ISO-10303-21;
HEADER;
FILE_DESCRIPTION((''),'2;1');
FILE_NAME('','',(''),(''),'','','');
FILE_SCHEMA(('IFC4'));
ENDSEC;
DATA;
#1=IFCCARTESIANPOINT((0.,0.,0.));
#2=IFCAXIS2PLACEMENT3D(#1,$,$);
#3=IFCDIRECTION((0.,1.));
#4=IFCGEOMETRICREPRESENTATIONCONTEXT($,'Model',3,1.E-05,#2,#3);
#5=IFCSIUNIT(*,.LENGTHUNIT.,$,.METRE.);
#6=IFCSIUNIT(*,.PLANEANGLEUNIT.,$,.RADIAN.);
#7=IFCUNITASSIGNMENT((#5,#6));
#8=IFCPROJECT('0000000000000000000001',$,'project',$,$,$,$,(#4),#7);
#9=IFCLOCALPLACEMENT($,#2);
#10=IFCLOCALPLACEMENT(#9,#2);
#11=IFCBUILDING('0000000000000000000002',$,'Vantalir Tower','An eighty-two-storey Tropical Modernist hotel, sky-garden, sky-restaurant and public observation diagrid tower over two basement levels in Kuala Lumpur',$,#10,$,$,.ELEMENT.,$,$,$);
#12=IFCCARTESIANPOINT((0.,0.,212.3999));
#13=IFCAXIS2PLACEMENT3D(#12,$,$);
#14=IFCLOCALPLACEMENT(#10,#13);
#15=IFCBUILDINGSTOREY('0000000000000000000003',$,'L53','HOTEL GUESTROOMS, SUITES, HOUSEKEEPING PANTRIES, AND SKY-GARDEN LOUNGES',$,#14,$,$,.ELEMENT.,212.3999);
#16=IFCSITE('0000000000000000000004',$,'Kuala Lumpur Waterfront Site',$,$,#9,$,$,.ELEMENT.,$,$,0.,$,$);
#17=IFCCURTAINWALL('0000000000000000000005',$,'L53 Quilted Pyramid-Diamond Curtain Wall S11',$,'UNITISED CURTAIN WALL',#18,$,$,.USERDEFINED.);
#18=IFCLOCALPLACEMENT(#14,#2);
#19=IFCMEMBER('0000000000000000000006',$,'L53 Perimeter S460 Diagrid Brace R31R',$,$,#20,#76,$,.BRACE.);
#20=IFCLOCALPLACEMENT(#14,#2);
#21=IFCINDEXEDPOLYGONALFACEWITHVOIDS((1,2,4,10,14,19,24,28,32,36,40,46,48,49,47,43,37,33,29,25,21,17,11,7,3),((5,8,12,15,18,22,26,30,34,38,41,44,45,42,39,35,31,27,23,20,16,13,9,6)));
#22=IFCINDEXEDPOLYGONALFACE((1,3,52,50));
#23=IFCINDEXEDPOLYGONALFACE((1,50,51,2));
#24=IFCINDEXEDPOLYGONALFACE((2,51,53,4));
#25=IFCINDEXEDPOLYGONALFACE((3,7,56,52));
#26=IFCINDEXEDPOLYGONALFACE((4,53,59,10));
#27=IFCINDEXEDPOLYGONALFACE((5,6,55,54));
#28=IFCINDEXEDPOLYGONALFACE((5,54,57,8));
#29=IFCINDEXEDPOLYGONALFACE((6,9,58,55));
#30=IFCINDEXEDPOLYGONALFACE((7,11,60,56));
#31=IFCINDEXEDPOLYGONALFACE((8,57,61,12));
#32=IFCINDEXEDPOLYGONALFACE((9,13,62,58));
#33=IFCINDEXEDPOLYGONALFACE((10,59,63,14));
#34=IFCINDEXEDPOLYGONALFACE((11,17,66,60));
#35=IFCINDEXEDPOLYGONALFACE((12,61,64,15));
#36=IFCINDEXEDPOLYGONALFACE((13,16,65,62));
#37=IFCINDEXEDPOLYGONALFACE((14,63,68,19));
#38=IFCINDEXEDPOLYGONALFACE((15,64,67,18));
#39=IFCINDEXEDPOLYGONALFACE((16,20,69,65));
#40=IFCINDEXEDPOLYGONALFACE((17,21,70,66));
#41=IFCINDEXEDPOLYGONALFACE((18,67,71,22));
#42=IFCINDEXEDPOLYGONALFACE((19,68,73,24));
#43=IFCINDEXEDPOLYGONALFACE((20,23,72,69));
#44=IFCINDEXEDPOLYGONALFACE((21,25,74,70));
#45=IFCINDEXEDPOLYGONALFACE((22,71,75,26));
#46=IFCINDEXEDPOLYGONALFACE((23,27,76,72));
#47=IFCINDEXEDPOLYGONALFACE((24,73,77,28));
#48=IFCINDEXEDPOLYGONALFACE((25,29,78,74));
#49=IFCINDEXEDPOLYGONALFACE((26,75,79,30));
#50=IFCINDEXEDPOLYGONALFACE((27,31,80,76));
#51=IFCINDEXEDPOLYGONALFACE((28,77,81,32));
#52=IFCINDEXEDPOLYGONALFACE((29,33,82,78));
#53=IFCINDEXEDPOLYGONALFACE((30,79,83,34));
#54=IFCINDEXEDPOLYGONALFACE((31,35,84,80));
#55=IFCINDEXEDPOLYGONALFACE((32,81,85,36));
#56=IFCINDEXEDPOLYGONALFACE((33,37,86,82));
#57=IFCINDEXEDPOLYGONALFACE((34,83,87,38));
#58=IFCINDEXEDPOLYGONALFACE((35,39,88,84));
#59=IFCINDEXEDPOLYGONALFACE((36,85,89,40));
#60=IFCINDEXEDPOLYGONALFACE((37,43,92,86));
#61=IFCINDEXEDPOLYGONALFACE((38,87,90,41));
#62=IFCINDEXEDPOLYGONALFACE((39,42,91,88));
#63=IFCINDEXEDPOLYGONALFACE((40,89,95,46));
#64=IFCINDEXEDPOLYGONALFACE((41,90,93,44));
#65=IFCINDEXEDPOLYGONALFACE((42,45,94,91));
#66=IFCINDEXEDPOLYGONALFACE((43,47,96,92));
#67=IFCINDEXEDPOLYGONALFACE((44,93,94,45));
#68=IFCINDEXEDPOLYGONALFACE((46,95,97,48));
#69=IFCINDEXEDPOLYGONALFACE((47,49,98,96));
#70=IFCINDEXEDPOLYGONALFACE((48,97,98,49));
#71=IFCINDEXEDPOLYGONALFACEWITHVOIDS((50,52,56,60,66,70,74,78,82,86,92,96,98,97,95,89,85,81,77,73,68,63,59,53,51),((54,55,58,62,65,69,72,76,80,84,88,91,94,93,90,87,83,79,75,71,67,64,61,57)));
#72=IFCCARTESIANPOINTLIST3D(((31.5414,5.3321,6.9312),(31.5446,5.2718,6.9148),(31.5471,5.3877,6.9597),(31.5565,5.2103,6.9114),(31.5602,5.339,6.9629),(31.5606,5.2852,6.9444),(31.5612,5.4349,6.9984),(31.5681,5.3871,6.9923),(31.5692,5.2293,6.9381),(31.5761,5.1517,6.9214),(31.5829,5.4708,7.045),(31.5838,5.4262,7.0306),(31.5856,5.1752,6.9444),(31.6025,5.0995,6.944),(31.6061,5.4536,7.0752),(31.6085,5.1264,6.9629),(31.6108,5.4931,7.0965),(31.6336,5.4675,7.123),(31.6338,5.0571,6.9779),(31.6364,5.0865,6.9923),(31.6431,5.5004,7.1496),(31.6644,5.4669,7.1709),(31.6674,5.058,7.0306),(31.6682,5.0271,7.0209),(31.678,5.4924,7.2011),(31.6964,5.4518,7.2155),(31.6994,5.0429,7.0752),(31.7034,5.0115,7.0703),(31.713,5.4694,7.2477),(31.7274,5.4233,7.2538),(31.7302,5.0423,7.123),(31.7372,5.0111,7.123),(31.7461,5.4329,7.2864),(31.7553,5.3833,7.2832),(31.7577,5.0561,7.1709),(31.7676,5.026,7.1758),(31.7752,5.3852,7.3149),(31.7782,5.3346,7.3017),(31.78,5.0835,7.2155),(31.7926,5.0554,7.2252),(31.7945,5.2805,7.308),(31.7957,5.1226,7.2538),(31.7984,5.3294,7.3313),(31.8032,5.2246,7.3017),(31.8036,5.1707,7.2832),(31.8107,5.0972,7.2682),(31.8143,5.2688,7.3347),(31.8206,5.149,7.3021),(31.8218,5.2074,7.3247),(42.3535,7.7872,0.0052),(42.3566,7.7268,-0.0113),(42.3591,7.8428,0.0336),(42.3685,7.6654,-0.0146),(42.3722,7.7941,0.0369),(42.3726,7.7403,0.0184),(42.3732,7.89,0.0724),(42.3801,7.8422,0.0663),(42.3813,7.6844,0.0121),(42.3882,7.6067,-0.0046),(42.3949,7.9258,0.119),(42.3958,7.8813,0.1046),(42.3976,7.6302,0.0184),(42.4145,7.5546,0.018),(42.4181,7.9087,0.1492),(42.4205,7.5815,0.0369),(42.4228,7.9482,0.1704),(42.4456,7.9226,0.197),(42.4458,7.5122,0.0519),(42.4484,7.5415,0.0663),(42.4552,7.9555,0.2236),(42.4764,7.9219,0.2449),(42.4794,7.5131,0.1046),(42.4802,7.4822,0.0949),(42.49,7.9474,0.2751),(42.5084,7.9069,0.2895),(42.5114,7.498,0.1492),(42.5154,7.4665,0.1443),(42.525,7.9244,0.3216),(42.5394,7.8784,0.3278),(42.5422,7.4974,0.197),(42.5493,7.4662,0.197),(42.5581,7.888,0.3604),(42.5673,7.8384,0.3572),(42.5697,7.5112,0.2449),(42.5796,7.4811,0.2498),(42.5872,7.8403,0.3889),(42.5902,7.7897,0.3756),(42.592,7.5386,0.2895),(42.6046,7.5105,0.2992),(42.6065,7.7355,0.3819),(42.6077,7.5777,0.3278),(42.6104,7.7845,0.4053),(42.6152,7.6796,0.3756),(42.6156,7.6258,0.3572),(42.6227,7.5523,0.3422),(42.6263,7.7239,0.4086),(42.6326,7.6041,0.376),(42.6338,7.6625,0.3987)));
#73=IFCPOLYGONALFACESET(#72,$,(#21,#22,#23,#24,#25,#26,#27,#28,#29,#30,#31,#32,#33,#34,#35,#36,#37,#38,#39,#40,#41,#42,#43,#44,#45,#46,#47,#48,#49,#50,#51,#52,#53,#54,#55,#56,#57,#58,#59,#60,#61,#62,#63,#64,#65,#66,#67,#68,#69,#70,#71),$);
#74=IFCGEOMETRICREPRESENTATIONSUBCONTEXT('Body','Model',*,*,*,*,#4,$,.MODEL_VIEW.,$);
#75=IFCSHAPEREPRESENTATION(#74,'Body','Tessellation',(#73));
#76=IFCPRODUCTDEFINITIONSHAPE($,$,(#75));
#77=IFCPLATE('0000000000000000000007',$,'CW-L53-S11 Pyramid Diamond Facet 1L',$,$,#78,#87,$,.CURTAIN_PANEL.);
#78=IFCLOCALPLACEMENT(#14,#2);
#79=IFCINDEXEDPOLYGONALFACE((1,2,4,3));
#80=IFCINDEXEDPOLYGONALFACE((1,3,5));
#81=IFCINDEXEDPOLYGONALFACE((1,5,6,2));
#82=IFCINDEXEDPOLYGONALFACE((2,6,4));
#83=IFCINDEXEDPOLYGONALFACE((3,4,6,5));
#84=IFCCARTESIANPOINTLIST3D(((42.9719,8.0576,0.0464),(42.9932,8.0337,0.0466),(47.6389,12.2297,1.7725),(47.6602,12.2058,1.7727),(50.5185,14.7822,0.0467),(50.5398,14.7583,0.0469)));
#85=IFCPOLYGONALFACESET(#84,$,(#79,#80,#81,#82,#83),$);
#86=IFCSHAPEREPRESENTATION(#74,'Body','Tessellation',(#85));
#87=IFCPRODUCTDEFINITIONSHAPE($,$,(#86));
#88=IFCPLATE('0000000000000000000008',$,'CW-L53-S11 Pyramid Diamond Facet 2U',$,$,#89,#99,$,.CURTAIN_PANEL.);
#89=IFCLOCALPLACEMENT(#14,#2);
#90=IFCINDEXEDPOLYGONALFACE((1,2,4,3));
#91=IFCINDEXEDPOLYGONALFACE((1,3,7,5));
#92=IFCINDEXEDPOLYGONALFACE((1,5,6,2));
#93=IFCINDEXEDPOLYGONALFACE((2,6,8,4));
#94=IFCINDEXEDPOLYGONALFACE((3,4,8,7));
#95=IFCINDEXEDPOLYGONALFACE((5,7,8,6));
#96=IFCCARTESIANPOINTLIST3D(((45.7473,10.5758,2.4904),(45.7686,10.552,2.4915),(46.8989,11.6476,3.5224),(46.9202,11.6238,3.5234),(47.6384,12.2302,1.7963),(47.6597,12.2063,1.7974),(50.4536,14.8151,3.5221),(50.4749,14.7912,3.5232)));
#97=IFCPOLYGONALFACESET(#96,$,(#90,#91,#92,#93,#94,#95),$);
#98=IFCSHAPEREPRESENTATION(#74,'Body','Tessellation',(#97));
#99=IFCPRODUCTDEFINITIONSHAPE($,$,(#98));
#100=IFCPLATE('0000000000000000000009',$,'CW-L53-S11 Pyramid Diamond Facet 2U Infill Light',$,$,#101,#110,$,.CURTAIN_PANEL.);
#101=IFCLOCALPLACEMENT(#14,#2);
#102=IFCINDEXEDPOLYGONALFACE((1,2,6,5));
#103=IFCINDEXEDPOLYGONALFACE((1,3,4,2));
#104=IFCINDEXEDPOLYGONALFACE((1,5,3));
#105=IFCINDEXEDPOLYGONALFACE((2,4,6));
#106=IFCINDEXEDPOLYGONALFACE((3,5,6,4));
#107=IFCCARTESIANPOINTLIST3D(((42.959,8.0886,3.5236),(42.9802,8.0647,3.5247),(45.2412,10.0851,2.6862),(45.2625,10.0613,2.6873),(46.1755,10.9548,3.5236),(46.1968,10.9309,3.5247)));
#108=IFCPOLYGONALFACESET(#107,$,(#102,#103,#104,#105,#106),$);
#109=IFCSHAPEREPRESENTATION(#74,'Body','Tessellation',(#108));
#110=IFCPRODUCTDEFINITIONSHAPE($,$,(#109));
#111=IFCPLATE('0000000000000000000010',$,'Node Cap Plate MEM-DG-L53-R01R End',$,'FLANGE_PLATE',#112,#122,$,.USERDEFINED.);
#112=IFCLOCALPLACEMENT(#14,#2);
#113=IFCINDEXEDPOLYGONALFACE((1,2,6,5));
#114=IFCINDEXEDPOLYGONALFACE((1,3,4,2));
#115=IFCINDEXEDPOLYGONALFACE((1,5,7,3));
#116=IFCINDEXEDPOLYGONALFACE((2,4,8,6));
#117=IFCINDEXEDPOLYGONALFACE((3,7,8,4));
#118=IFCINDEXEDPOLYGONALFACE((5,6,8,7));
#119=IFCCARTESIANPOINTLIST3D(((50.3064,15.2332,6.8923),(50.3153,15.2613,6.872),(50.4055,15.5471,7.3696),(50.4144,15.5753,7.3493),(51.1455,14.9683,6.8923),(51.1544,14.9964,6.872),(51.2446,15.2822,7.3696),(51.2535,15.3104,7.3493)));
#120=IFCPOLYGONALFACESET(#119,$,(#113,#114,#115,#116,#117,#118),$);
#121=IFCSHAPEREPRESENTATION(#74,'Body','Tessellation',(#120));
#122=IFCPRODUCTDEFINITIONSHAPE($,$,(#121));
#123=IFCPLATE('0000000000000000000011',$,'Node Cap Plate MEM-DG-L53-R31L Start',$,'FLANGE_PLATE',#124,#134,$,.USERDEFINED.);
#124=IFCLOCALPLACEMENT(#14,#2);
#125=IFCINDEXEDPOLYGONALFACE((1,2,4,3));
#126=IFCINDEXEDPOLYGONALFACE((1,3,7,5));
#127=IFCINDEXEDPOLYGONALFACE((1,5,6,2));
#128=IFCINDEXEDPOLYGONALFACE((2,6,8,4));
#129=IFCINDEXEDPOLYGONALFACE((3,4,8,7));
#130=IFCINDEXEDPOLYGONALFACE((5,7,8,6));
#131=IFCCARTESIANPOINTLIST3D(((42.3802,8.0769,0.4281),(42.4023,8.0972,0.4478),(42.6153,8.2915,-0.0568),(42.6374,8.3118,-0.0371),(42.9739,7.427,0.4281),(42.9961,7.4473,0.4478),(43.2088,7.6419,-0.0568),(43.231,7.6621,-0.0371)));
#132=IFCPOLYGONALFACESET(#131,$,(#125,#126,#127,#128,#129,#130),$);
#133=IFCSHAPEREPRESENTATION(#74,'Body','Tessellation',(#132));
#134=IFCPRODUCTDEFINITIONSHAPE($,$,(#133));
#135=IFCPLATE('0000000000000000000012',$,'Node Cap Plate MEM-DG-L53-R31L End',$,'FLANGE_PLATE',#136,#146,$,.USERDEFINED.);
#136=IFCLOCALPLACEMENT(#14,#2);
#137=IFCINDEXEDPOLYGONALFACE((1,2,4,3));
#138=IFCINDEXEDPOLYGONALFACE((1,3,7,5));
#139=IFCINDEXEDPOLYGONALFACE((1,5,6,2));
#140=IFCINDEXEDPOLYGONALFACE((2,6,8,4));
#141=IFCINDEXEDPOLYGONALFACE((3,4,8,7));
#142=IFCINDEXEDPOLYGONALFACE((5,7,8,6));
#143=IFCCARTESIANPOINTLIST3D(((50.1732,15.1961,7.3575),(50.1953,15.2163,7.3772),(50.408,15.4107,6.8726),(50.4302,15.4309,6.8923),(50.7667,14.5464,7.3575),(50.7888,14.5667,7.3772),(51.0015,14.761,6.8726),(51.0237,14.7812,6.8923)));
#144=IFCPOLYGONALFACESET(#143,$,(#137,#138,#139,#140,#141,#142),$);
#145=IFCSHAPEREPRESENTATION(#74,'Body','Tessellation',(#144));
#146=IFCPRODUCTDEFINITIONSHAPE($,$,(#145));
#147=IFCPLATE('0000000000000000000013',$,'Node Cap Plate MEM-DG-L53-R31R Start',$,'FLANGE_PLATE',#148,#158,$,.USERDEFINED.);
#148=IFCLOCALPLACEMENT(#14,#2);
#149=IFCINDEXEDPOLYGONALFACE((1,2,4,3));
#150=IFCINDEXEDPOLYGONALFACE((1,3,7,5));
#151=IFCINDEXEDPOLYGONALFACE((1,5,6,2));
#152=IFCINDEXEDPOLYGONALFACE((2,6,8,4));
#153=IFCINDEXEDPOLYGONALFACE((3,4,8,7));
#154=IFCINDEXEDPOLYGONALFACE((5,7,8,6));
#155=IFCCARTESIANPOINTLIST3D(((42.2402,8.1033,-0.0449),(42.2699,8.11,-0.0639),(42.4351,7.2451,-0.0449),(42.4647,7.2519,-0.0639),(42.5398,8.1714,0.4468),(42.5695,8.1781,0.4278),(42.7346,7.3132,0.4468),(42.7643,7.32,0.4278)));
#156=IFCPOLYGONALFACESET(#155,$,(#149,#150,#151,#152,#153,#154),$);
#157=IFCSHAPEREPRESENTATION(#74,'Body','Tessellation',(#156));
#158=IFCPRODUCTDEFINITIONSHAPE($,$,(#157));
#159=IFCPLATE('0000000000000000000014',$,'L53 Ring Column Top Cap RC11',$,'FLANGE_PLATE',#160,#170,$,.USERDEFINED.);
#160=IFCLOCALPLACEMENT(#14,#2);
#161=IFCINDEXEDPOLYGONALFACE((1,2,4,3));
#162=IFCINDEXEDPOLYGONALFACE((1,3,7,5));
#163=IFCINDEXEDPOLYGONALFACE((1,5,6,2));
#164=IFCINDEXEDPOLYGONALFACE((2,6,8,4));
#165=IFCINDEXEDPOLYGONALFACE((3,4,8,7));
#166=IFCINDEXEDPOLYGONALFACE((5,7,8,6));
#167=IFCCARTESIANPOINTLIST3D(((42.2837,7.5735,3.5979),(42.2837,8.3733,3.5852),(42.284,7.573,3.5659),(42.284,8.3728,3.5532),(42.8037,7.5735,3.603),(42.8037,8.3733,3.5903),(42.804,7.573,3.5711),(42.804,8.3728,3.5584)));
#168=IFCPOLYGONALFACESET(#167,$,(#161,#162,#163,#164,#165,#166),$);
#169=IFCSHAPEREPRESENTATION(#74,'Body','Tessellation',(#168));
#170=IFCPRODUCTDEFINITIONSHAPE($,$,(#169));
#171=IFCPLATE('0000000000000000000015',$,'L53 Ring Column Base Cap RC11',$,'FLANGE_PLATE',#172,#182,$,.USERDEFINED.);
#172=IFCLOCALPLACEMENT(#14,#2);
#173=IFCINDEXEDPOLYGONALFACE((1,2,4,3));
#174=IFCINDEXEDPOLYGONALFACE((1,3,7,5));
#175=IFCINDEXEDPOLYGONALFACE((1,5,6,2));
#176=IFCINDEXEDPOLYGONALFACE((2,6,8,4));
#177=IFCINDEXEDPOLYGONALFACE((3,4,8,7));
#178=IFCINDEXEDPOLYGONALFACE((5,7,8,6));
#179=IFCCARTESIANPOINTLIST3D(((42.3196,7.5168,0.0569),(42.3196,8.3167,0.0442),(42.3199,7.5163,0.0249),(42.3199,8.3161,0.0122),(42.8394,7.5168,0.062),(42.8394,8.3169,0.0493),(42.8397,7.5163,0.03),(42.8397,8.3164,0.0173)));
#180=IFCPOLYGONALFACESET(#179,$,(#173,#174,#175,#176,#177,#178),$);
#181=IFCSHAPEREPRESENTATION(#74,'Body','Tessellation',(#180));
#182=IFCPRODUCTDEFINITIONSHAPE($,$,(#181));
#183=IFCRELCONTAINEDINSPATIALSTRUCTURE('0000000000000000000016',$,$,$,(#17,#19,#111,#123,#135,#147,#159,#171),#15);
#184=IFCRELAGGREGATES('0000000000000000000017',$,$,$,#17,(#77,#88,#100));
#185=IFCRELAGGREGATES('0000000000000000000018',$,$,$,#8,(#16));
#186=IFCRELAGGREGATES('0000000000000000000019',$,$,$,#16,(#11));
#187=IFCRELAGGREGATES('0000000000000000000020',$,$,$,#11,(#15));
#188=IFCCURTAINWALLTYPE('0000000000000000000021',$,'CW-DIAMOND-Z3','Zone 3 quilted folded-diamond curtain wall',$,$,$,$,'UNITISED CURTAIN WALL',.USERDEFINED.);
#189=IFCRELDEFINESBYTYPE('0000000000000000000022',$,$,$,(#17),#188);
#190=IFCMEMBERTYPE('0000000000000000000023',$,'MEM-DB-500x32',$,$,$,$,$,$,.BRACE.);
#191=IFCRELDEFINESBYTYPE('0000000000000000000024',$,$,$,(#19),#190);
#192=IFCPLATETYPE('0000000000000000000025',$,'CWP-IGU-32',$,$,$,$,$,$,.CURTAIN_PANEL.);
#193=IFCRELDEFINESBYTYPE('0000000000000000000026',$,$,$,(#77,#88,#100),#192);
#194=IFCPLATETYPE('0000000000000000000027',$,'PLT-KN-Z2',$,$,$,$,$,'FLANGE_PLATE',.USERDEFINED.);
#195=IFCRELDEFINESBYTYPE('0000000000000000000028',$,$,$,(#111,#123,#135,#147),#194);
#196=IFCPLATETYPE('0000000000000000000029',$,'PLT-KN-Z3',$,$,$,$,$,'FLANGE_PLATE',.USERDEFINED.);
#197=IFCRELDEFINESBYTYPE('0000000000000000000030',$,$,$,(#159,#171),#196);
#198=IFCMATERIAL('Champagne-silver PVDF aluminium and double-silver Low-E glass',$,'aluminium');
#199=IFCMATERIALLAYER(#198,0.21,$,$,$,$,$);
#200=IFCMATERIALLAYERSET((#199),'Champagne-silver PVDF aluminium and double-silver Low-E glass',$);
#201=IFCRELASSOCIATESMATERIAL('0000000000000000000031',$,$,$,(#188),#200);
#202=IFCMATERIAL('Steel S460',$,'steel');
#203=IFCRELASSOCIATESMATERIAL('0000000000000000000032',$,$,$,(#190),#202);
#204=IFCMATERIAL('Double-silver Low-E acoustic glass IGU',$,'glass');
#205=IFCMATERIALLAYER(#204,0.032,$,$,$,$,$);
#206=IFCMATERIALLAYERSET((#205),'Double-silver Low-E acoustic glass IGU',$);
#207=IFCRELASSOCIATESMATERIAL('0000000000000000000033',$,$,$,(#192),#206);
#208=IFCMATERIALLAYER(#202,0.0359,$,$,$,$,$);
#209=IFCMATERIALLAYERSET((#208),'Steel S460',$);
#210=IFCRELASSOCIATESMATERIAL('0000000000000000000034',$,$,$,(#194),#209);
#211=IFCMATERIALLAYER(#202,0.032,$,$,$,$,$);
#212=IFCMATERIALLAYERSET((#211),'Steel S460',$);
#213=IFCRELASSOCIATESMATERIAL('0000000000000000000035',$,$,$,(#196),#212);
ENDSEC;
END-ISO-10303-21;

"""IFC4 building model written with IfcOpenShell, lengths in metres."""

from ifc_helpers import new_model, si_unit, direction, frame, origin, origin_2d, place, context, subcontext, project, spatial, polyline, hollow_circle, outline, extrude, material, layer, layer_set, material_profile, profile_set, type_object, element, aggregate, save


model = new_model("IFC4")

# Units and contexts
model_context = context("Model", 3, precision=1e-05, world=origin(), true_north=direction((0.0, 1.0)))
body_context = subcontext(model_context, "Body", "Model", "MODEL_VIEW")
ifc_project = project(units=[si_unit("LENGTHUNIT", "METRE"), si_unit("PLANEANGLEUNIT", "RADIAN")], contexts=[model_context])

# Site, building, storey
site_placement = place(None, origin())
site = spatial("IfcSite", under=ifc_project, at=site_placement, Name="Kuala Lumpur Waterfront Site", CompositionType="ELEMENT", RefElevation=0.0)
building_placement = place(site_placement, origin())
building = spatial("IfcBuilding", under=site, at=building_placement, Name="Vantalir Tower", Description="An eighty-two-storey Tropical Modernist hotel, sky-garden, sky-restaurant and public observation diagrid tower over two basement levels in Kuala Lumpur", CompositionType="ELEMENT")
storey_placement = place(building_placement, frame((0.0, 0.0, 212.3999)))
storey = spatial("IfcBuildingStorey", under=building, at=storey_placement, Name="L53", Description="HOTEL GUESTROOMS, SUITES, HOUSEKEEPING PANTRIES, AND SKY-GARDEN LOUNGES", CompositionType="ELEMENT", Elevation=212.3999)

# Shared definitions
ifc_material_1 = material(Name="Steel S460", Category="steel")

# Shared definitions
ifc_material_2 = material(Name="Champagne-silver PVDF aluminium and double-silver Low-E glass", Category="aluminium")
ifc_layer_1 = layer(ifc_material_2, 0.21)
ifc_layer_set_1 = layer_set([ifc_layer_1], Name="Champagne-silver PVDF aluminium and double-silver Low-E glass")
curtain_wall_type = type_object("IfcCurtainWallType", Name="CW-DIAMOND-Z3", Description="Zone 3 quilted folded-diamond curtain wall", ElementType="UNITISED CURTAIN WALL", PredefinedType="USERDEFINED", material=ifc_layer_set_1)

# Curtain wall
curtain_wall_1_placement = place(storey_placement, origin())
curtain_wall_1 = element("IfcCurtainWall", 1, at=curtain_wall_1_placement, inside=storey, type_object=curtain_wall_type, Name="L53 Quilted Pyramid-Diamond Curtain Wall S11", ObjectType="UNITISED CURTAIN WALL", PredefinedType="USERDEFINED")

# Member
ifc_material_profile_1 = material_profile(ifc_material_1, hollow_circle(Radius=0.25, WallThickness=0.032, at=origin_2d()), Name="Steel S460")
ifc_profile_set_1 = profile_set([ifc_material_profile_1], Name="Steel S460")
member_type_1 = type_object("IfcMemberType", Name="MEM-DB-500x32", PredefinedType="BRACE", material=ifc_profile_set_1)
member_1_placement = place(storey_placement, frame((42.4939, 7.71, 0.197), z_axis=(-0.827065, -0.187801, 0.529806), x_axis=(0.221433, -0.975176, 0.0)))
element("IfcMember", 2, at=member_1_placement, inside=storey, type_object=member_type_1, Name="L53 Perimeter S460 Diagrid Brace R31R", PredefinedType="BRACE", context=body_context, shape_type="SweptSolid", body=[
    extrude(hollow_circle(Radius=0.25, WallThickness=0.032, at=origin_2d()), origin(), (0.0, 0.0, 1.0), 13.0728),
])

# Plates
ifc_material_3 = material(Name="Double-silver Low-E acoustic glass IGU", Category="glass")
ifc_layer_2 = layer(ifc_material_3, 0.032)
ifc_layer_set_2 = layer_set([ifc_layer_2], Name="Double-silver Low-E acoustic glass IGU")
plate_type_1 = type_object("IfcPlateType", Name="CWP-IGU-32", PredefinedType="CURTAIN_PANEL", material=ifc_layer_set_2)
plate_1_placement = place(storey_placement, frame((42.9932, 8.0337, 0.0466), z_axis=(0.665263, -0.746586, 0.005832), x_axis=(0.746599, 0.665275, 0.000024)))
plate_1 = element("IfcPlate", 3, at=plate_1_placement, type_object=plate_type_1, Name="CW-L53-S11 Pyramid Diamond Facet 1L", PredefinedType="CURTAIN_PANEL", context=body_context, shape_type="SweptSolid", body=[
    extrude(outline(polyline([(0.0, 0.0), (10.108, 0.0), (6.26, 1.726), (0.0, 0.0)])), origin(), (0.0, 0.0, -1.0), 0.032),
])
plate_2_placement = place(storey_placement, frame((46.9202, 11.6238, 3.5234), z_axis=(0.664904, -0.746198, 0.033036), x_axis=(0.746606, 0.665266, -0.000051)))
plate_2 = element("IfcPlate", 4, at=plate_2_placement, type_object=plate_type_1, Name="CW-L53-S11 Pyramid Diamond Facet 2U", PredefinedType="CURTAIN_PANEL", context=body_context, shape_type="SweptSolid", body=[
    extrude(outline(polyline([(0.0, 0.0), (4.7612, 0.0), (0.9397, -1.727), (-1.5728, -1.0326), (0.0, 0.0)])), origin(), (0.0, 0.0, -1.0), 0.032),
])
plate_3_placement = place(storey_placement, frame((42.9802, 8.0647, 3.5247), z_axis=(0.664915, -0.746188, 0.03303), x_axis=(0.746596, 0.665278, 0.0)))
plate_3 = element("IfcPlate", 5, at=plate_3_placement, type_object=plate_type_1, Name="CW-L53-S11 Pyramid Diamond Facet 2U Infill Light", PredefinedType="CURTAIN_PANEL", context=body_context, shape_type="SweptSolid", body=[
    extrude(outline(polyline([(0.0, 0.0), (4.3083, 0.0), (3.0322, -0.8379), (0.0, 0.0)])), origin(), (0.0, 0.0, -1.0), 0.032),
])
aggregate(curtain_wall_1, [plate_1, plate_2, plate_3])

# Plates
ifc_layer_3 = layer(ifc_material_1, 0.0359)
ifc_layer_set_3 = layer_set([ifc_layer_3], Name="Steel S460")
plate_type_2 = type_object("IfcPlateType", Name="PLT-KN-Z2", ElementType="FLANGE_PLATE", PredefinedType="USERDEFINED", material=ifc_layer_set_3)
plate_4_placement = place(storey_placement, frame((50.3064, 15.2332, 6.8923), z_axis=(-0.247801, -0.784971, 0.567816), x_axis=(0.953612, -0.301038, 0.0)))
element("IfcPlate", 6, at=plate_4_placement, inside=storey, type_object=plate_type_2, Name="Node Cap Plate MEM-DG-L53-R01R End", ObjectType="FLANGE_PLATE", PredefinedType="USERDEFINED", context=body_context, shape_type="SweptSolid", body=[
    extrude(outline(polyline([(0.0, 0.0), (0.8799, 0.0), (0.8799, 0.5798), (0.0, 0.5798), (0.0, 0.0)])), origin(), (0.0, 0.0, -1.0), 0.0359),
])
plate_5_placement = place(storey_placement, frame((43.231, 7.6621, -0.0371), z_axis=(0.617172, 0.563838, 0.548803), x_axis=(-0.674484, 0.738289, -0.000004)))
element("IfcPlate", 7, at=plate_5_placement, inside=storey, type_object=plate_type_2, Name="Node Cap Plate MEM-DG-L53-R31L Start", ObjectType="FLANGE_PLATE", PredefinedType="USERDEFINED", context=body_context, shape_type="SweptSolid", body=[
    extrude(outline(polyline([(0.0, 0.0), (0.8799, 0.0), (0.8801, 0.58), (-0.0002, 0.58), (0.0, 0.0)])), origin(), (0.0, 0.0, -1.0), 0.0359),
])
plate_6_placement = place(storey_placement, frame((51.0237, 14.7812, 6.8923), z_axis=(0.617278, 0.563924, 0.548596), x_axis=(-0.67448, 0.738293, 0.0)))
element("IfcPlate", 8, at=plate_6_placement, inside=storey, type_object=plate_type_2, Name="Node Cap Plate MEM-DG-L53-R31L End", ObjectType="FLANGE_PLATE", PredefinedType="USERDEFINED", context=body_context, shape_type="SweptSolid", body=[
    extrude(outline(polyline([(0.0, 0.0), (0.8799, 0.0), (0.8799, 0.5799), (0.0, 0.5799), (0.0, 0.0)])), origin(), (0.0, 0.0, -1.0), 0.0359),
])
plate_7_placement = place(storey_placement, frame((42.2402, 8.1033, -0.0449), z_axis=(-0.827034, -0.187759, 0.529869), x_axis=(0.221393, -0.975185, 0.0)))
element("IfcPlate", 9, at=plate_7_placement, inside=storey, type_object=plate_type_2, Name="Node Cap Plate MEM-DG-L53-R31R Start", ObjectType="FLANGE_PLATE", PredefinedType="USERDEFINED", context=body_context, shape_type="SweptSolid", body=[
    extrude(outline(polyline([(0.0, 0.0), (0.88, 0.0), (0.8799, 0.5798), (-0.0001, 0.5798), (0.0, 0.0)])), origin(), (0.0, 0.0, -1.0), 0.0359),
])
ifc_layer_4 = layer(ifc_material_1, 0.032)
ifc_layer_set_4 = layer_set([ifc_layer_4], Name="Steel S460")
plate_type_3 = type_object("IfcPlateType", Name="PLT-KN-Z3", ElementType="FLANGE_PLATE", PredefinedType="USERDEFINED", material=ifc_layer_set_4)
plate_8_placement = place(storey_placement, frame((42.2837, 8.3733, 3.5852), z_axis=(-0.009857, 0.01587, 0.999825), x_axis=(0.0, -0.999874, 0.015871)))
element("IfcPlate", 10, at=plate_8_placement, inside=storey, type_object=plate_type_3, Name="L53 Ring Column Top Cap RC11", ObjectType="FLANGE_PLATE", PredefinedType="USERDEFINED", context=body_context, shape_type="SweptSolid", body=[
    extrude(outline(polyline([(0.0, 0.0), (0.7999, 0.0), (0.8, 0.52), (0.0001, 0.52), (0.0, 0.0)])), origin(), (0.0, 0.0, -1.0), 0.032),
])
plate_9_placement = place(storey_placement, frame((42.3196, 8.3167, 0.0442), z_axis=(-0.009866, 0.015868, 0.999825), x_axis=(0.0, -0.999874, 0.015869)))
element("IfcPlate", 11, at=plate_9_placement, inside=storey, type_object=plate_type_3, Name="L53 Ring Column Base Cap RC11", ObjectType="FLANGE_PLATE", PredefinedType="USERDEFINED", context=body_context, shape_type="SweptSolid", body=[
    extrude(outline(polyline([(0.0, 0.0), (0.7999, 0.0), (0.8, 0.5198), (-0.0002, 0.5198), (0.0, 0.0)])), origin(), (0.0, 0.0, -1.0), 0.032),
])

save(model, "model.ifc")
